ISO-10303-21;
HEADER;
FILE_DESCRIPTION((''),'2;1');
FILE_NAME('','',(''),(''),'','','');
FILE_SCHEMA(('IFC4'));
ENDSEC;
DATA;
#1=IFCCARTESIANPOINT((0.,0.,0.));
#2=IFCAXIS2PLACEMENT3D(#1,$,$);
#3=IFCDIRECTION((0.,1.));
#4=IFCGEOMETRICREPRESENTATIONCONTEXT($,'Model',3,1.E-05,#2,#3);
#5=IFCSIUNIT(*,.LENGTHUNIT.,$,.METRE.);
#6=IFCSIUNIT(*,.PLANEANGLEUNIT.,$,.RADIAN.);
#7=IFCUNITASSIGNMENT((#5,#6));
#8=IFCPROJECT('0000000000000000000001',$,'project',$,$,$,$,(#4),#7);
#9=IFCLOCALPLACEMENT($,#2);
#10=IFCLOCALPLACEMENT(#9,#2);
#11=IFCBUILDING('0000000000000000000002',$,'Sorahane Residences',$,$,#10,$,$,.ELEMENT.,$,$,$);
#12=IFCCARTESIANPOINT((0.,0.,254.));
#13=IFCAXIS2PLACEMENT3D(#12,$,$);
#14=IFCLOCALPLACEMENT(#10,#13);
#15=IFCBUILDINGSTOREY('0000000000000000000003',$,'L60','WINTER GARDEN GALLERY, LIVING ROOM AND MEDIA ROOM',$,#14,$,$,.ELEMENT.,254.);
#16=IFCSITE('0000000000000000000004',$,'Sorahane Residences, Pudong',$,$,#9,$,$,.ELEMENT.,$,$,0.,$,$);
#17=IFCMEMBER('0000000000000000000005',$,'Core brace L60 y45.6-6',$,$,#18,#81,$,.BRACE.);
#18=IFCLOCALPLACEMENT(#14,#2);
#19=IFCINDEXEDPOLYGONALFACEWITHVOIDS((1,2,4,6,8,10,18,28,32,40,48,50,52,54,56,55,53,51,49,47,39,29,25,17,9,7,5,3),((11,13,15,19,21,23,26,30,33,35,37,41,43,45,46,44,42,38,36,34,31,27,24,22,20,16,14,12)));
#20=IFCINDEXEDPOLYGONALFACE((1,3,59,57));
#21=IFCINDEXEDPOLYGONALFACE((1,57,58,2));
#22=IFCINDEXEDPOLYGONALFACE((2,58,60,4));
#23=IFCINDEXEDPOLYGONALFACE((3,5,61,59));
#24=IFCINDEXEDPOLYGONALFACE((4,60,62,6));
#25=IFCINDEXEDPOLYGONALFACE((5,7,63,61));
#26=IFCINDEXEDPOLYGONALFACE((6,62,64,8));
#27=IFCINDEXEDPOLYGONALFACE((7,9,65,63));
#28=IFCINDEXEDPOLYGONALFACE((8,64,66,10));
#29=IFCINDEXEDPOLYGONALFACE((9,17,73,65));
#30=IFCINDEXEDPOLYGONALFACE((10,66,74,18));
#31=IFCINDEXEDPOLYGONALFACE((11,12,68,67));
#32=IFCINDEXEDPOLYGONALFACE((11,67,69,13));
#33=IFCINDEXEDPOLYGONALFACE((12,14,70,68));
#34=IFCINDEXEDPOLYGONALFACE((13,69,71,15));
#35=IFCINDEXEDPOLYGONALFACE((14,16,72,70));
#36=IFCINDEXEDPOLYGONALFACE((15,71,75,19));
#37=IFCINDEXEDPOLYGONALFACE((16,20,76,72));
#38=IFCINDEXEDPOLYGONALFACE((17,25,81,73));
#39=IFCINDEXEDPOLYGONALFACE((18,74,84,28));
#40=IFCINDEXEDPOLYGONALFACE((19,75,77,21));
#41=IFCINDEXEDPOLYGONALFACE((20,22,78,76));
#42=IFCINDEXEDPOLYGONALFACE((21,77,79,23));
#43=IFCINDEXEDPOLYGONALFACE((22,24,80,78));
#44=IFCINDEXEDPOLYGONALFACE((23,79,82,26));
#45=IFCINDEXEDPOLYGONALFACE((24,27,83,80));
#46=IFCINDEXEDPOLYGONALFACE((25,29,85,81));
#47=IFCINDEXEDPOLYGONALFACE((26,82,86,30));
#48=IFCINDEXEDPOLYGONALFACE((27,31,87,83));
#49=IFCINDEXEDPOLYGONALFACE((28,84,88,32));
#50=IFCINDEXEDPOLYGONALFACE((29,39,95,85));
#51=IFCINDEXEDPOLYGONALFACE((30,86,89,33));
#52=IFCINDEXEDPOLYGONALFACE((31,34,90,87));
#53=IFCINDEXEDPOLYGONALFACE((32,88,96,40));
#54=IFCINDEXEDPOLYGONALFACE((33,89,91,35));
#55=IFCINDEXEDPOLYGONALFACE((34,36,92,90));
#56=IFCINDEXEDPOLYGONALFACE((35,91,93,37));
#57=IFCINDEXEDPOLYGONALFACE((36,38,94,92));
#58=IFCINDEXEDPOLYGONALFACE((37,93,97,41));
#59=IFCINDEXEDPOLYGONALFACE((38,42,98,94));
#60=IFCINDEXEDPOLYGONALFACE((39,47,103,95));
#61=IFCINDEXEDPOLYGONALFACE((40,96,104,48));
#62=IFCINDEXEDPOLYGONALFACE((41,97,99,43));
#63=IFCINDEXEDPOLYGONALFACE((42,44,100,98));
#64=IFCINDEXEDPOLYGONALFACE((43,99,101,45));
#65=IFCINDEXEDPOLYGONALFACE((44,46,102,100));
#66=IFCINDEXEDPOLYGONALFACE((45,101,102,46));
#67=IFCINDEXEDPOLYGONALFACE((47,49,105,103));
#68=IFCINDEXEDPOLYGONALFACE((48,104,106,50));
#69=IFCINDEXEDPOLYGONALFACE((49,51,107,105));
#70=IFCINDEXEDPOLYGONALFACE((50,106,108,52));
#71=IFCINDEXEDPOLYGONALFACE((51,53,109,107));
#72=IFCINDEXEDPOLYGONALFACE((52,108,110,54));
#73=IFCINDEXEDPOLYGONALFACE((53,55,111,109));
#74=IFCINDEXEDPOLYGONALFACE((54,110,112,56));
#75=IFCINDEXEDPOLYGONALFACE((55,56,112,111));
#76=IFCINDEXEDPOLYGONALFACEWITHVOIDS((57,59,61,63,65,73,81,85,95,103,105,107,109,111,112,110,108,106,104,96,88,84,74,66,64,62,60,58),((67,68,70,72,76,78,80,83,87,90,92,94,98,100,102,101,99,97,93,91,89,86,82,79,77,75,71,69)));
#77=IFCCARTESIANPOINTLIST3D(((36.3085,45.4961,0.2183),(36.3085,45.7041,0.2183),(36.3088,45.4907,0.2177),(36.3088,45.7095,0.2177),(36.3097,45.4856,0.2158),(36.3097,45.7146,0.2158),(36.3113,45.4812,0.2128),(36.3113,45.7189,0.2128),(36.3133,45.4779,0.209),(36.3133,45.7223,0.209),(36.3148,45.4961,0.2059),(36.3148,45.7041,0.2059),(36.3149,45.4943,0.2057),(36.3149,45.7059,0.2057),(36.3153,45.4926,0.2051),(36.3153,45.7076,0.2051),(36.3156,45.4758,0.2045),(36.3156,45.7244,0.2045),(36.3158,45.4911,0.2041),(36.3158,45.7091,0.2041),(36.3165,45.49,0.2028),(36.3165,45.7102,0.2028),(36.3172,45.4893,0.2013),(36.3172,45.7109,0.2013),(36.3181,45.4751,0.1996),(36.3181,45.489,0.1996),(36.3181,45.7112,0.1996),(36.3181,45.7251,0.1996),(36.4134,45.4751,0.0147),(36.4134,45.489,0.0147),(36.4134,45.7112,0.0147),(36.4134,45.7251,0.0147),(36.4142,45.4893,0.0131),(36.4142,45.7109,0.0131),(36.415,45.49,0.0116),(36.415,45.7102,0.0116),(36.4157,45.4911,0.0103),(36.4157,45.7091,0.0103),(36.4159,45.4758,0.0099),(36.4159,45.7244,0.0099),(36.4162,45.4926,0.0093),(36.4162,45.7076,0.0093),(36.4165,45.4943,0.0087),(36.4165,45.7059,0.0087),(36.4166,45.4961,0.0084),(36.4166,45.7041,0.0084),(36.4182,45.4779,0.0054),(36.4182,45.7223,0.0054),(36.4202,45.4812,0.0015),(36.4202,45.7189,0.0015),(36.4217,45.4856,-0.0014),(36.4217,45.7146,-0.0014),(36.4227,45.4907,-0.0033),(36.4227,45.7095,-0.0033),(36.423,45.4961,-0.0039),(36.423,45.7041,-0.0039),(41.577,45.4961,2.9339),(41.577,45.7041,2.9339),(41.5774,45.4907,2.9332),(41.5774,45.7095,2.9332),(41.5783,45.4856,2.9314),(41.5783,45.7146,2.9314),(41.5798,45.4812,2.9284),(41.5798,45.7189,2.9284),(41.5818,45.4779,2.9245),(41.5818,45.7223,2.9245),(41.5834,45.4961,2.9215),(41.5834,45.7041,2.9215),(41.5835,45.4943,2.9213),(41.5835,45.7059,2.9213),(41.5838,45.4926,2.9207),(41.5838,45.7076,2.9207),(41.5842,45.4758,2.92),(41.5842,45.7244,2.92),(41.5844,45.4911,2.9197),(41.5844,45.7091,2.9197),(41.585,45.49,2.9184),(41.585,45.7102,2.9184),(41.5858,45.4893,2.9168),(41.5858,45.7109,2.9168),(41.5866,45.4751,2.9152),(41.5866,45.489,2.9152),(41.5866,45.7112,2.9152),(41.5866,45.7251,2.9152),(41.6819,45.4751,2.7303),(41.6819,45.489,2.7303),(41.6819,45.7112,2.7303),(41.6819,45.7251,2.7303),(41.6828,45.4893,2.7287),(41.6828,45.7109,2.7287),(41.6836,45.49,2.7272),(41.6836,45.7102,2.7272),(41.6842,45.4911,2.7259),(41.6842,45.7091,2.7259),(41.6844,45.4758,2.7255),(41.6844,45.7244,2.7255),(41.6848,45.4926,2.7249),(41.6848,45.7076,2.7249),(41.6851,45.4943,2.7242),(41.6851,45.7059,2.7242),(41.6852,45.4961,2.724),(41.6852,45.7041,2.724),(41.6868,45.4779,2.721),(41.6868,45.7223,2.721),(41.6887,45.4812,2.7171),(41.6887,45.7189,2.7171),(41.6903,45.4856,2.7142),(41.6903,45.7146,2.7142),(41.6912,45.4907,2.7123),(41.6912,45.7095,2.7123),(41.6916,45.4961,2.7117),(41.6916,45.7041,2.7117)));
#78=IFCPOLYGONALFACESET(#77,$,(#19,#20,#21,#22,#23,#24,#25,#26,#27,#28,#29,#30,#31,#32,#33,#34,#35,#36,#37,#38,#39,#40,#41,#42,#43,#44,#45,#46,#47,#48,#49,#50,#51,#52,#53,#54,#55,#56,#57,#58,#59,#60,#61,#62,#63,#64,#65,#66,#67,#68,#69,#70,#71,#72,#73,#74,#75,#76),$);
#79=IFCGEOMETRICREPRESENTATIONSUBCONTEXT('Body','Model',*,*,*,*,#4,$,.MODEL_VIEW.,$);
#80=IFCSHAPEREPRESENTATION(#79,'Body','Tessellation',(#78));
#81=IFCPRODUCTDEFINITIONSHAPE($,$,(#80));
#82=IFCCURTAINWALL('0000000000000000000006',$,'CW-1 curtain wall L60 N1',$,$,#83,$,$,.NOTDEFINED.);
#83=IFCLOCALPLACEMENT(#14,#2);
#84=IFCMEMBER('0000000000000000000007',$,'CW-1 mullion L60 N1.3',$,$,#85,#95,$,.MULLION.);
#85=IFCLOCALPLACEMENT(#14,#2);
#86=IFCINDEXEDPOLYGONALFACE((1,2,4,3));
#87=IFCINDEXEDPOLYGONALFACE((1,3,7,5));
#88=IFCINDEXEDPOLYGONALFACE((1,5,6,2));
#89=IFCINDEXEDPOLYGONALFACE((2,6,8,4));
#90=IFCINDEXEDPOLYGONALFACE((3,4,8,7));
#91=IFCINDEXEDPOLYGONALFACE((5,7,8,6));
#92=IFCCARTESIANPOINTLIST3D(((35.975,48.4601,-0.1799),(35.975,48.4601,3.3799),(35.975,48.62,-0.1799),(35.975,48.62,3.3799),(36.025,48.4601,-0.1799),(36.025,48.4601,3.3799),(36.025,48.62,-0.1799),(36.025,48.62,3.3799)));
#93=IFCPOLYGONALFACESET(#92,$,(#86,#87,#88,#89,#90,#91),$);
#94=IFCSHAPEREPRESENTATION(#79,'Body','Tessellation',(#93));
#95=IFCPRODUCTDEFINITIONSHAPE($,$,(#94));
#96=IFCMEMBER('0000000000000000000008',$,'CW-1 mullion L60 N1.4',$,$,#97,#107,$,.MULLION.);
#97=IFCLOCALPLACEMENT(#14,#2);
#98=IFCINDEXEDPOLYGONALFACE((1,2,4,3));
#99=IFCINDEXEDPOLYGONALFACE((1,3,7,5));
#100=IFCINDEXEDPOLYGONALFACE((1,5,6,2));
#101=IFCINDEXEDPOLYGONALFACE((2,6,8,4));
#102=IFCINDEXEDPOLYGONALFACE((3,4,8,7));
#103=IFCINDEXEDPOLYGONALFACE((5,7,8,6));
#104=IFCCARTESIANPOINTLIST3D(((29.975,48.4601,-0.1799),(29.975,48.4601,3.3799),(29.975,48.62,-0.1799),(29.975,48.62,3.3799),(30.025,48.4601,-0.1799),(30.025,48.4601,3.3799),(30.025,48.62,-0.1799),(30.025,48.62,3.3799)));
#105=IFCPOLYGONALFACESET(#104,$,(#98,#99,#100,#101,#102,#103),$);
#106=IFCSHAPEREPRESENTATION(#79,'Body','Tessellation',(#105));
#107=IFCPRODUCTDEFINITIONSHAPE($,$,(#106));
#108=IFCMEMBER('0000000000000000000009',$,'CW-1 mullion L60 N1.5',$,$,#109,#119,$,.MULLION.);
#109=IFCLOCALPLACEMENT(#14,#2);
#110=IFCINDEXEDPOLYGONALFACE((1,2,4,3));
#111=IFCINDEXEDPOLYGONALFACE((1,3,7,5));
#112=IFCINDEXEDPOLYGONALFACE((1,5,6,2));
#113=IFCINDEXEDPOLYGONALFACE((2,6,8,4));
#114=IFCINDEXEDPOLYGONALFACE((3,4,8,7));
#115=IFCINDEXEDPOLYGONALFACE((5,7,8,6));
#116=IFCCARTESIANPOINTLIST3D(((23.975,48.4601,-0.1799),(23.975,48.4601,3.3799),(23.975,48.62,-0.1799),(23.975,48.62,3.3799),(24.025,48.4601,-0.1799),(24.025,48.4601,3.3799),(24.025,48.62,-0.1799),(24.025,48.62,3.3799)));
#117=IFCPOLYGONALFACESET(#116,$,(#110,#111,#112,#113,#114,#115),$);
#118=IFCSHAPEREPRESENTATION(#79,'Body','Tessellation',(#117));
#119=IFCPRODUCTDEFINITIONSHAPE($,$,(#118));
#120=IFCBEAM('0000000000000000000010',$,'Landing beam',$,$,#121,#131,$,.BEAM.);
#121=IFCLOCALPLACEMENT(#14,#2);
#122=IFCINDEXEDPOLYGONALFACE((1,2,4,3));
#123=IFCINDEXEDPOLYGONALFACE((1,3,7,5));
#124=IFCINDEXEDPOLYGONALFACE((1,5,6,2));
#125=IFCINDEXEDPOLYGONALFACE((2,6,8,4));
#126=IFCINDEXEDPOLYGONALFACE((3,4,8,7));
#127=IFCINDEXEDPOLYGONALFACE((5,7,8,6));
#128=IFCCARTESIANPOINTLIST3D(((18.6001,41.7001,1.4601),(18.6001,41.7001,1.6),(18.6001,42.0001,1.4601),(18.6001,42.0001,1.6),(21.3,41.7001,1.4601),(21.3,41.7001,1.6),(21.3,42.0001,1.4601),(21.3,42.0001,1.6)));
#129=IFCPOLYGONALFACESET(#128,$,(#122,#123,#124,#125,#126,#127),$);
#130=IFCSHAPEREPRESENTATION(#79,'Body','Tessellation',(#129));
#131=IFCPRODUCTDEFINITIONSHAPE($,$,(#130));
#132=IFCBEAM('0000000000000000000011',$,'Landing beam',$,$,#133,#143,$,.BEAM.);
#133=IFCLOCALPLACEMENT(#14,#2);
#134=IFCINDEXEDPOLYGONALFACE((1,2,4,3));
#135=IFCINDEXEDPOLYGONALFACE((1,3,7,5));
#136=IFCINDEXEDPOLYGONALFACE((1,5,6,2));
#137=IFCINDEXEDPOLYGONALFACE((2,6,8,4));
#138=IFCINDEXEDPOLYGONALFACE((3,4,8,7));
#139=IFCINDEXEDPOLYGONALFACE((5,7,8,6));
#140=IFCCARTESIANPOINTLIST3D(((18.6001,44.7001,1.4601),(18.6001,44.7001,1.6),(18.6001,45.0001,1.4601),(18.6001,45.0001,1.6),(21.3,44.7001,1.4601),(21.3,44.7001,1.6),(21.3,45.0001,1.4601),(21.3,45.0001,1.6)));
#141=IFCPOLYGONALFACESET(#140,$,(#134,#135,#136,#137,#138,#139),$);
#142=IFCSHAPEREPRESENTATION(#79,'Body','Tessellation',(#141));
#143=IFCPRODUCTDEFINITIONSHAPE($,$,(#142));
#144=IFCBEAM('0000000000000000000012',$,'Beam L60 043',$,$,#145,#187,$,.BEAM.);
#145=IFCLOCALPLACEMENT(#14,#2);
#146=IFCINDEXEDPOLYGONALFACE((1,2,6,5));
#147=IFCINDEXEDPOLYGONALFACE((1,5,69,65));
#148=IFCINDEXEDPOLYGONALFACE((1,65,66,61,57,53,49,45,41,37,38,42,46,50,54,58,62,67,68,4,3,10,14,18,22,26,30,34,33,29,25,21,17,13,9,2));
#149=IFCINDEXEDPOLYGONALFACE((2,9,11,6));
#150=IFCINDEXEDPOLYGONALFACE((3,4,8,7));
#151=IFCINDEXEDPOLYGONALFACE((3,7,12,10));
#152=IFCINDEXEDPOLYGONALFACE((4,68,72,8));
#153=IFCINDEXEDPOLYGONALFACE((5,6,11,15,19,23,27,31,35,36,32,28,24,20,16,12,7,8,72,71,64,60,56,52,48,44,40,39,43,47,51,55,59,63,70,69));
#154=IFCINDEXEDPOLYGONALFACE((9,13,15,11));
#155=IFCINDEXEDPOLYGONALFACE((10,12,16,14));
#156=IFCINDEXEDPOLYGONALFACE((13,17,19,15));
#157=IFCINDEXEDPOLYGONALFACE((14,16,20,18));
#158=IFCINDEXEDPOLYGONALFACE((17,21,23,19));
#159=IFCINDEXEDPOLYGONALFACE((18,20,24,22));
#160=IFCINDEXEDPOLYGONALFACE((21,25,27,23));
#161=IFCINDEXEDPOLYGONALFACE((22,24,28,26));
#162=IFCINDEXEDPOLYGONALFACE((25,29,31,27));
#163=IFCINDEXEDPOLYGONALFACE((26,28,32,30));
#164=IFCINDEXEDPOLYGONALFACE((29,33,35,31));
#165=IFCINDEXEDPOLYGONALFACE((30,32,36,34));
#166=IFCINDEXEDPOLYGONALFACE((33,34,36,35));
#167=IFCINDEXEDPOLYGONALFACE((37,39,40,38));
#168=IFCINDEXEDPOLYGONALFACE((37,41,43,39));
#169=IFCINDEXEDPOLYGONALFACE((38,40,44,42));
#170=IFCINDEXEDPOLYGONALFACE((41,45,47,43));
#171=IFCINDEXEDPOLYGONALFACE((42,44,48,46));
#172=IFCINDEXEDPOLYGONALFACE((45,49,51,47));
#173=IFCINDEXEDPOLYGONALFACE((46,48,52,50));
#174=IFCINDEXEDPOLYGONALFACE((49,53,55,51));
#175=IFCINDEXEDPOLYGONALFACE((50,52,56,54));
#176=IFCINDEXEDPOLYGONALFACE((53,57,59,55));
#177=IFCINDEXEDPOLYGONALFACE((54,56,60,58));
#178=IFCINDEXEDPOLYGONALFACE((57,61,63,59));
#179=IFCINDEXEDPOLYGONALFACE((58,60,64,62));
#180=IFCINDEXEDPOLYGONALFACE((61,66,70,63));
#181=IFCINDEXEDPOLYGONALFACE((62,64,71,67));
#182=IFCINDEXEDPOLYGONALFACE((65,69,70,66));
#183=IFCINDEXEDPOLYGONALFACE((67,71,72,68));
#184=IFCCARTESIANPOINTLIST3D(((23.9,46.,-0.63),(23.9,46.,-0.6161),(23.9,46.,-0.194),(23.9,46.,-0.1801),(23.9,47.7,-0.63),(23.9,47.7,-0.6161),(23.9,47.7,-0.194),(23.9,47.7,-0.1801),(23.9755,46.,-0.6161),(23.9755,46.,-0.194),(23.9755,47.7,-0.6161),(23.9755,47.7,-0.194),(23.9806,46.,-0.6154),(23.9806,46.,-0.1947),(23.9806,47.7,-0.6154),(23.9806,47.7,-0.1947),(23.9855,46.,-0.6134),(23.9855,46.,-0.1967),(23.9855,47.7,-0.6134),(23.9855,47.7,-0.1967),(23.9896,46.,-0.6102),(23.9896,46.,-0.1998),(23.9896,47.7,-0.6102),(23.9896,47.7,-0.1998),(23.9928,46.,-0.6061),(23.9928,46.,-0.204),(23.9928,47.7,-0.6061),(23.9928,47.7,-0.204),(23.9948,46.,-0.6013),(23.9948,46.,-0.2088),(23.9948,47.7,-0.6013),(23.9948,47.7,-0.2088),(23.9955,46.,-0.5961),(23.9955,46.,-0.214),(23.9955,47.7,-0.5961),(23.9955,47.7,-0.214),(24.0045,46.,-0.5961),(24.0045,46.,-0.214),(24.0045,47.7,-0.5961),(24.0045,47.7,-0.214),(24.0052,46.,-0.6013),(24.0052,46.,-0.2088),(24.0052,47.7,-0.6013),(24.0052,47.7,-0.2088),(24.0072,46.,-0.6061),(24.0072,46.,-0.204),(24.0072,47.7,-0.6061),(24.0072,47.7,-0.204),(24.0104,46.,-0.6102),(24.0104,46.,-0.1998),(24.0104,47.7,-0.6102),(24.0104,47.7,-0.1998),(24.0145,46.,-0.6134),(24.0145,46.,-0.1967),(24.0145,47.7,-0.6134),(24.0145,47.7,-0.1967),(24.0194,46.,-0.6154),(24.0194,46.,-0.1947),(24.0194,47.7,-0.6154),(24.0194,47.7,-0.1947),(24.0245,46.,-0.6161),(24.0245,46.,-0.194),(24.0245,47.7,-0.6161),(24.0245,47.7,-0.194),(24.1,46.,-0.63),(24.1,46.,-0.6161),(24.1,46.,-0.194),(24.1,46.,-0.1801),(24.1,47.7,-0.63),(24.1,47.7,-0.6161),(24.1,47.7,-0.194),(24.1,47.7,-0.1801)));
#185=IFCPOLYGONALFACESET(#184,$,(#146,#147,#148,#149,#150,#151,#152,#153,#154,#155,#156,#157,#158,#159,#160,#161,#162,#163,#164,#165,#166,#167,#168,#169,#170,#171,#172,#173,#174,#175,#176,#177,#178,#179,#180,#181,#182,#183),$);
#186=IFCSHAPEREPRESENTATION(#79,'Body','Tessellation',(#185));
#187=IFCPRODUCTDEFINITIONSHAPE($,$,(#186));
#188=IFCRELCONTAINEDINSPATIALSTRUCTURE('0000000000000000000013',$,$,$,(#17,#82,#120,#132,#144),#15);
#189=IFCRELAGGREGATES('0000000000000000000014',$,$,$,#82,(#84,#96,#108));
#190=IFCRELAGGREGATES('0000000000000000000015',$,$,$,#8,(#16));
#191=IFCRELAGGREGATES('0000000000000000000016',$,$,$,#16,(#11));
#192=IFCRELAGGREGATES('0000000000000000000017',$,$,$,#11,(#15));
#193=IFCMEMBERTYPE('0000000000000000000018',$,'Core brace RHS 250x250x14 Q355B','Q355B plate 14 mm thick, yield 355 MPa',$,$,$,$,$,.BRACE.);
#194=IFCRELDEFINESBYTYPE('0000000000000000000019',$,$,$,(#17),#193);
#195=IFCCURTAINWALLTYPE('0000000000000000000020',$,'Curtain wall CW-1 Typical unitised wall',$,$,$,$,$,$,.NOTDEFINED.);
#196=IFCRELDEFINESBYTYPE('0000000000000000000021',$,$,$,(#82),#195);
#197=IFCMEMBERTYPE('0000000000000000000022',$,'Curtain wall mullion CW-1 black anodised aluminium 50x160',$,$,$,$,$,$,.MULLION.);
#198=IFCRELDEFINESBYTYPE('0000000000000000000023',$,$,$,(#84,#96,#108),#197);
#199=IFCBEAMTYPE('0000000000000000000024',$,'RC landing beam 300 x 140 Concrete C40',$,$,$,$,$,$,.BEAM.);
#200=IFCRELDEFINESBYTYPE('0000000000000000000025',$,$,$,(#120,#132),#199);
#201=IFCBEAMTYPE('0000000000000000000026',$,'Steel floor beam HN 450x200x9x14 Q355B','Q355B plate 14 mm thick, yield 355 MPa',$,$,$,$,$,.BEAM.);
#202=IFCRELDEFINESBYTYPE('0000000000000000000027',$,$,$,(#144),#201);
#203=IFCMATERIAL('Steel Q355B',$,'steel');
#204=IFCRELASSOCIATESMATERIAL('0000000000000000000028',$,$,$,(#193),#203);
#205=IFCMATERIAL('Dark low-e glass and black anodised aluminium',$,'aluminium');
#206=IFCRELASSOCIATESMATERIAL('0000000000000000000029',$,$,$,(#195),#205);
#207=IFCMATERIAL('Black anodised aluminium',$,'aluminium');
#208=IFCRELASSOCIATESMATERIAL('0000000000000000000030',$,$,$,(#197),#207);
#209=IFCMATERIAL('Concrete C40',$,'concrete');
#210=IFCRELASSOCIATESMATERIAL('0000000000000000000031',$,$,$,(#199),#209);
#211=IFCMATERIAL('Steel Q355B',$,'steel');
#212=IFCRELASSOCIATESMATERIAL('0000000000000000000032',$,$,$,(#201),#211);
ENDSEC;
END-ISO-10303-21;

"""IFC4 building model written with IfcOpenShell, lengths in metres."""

from ifc_helpers import new_model, si_unit, direction, frame, origin, origin_2d, place, context, subcontext, project, spatial, rectangle, hollow_rectangle, i_section, extrude, material, material_profile, profile_set, type_object, element, aggregate, save


model = new_model("IFC4")

# Units and contexts
model_context = context("Model", 3, precision=1e-05, world=origin(), true_north=direction((0.0, 1.0)))
body_context = subcontext(model_context, "Body", "Model", "MODEL_VIEW")
ifc_project = project(units=[si_unit("LENGTHUNIT", "METRE"), si_unit("PLANEANGLEUNIT", "RADIAN")], contexts=[model_context])

# Site, building, storey
site_placement = place(None, origin())
site = spatial("IfcSite", under=ifc_project, at=site_placement, Name="Sorahane Residences, Pudong", CompositionType="ELEMENT", RefElevation=0.0)
building_placement = place(site_placement, origin())
building = spatial("IfcBuilding", under=site, at=building_placement, Name="Sorahane Residences", CompositionType="ELEMENT")
storey_placement = place(building_placement, frame((0.0, 0.0, 254.0)))
storey = spatial("IfcBuildingStorey", under=building, at=storey_placement, Name="L60", Description="WINTER GARDEN GALLERY, LIVING ROOM AND MEDIA ROOM", CompositionType="ELEMENT", Elevation=254.0)

# Member
ifc_material_1 = material(Name="Steel Q355B", Category="steel")
ifc_material_profile_1 = material_profile(ifc_material_1, hollow_rectangle(XDim=0.25, YDim=0.25, WallThickness=0.0139, InnerFilletRadius=0.0071, OuterFilletRadius=0.021, at=origin_2d()), Name="RHS 250x250x14")
ifc_profile_set_1 = profile_set([ifc_material_profile_1], Name="Steel Q355B")
member_type_1 = type_object("IfcMemberType", Name="Core brace RHS 250x250x14 Q355B", Description="Q355B plate 14 mm thick, yield 355 MPa", PredefinedType="BRACE", material=ifc_profile_set_1)
for number, where, z_axis, x_axis, name in (
    (1, (36.3657, 45.6001, 0.1072), (0.888873, 0.0, 0.458153), (0.0, 1.0, 0.0), "Core brace L60 y45.6-6"),
):
    element("IfcMember", number, at=place(storey_placement, frame(where, z_axis=z_axis, x_axis=x_axis)), inside=storey, type_object=member_type_1, Name=name, PredefinedType="BRACE", context=body_context, shape_type="SweptSolid", body=[
        extrude(hollow_rectangle(XDim=0.25, YDim=0.25, WallThickness=0.0139, InnerFilletRadius=0.0071, OuterFilletRadius=0.021, at=origin_2d()), origin(), (0.0, 0.0, 1.0), 5.9272),
    ])

# Curtain wall, members
ifc_material_2 = material(Name="Dark low-e glass and black anodised aluminium", Category="aluminium")
curtain_wall_type = type_object("IfcCurtainWallType", Name="Curtain wall CW-1 Typical unitised wall", PredefinedType="NOTDEFINED", material=ifc_material_2)
curtain_wall_placement = place(storey_placement, origin())
curtain_wall = element("IfcCurtainWall", 2, at=curtain_wall_placement, inside=storey, type_object=curtain_wall_type, Name="CW-1 curtain wall L60 N1", PredefinedType="NOTDEFINED")
ifc_material_3 = material(Name="Black anodised aluminium", Category="aluminium")
ifc_material_profile_2 = material_profile(ifc_material_3, rectangle(XDim=0.1599, YDim=0.05, at=origin_2d()), Name="Curtain wall mullion CW-1 black anodised aluminium 50x160")
ifc_profile_set_2 = profile_set([ifc_material_profile_2], Name="Black anodised aluminium")
member_type_2 = type_object("IfcMemberType", Name="Curtain wall mullion CW-1 black anodised aluminium 50x160", PredefinedType="MULLION", material=ifc_profile_set_2)
member_1_placement = place(storey_placement, frame((36.0, 48.54, -0.1799), z_axis=(0.0, 0.0, 1.0), x_axis=(0.0, 1.0, 0.0)))
member_1 = element("IfcMember", 3, at=member_1_placement, type_object=member_type_2, Name="CW-1 mullion L60 N1.3", PredefinedType="MULLION", context=body_context, shape_type="SweptSolid", body=[
    extrude(rectangle(XDim=0.1599, YDim=0.05, at=origin_2d()), origin(), (0.0, 0.0, 1.0), 3.5598),
])
member_2_placement = place(storey_placement, frame((30.0, 48.54, -0.1799), z_axis=(0.0, 0.0, 1.0), x_axis=(0.0, 1.0, 0.0)))
member_2 = element("IfcMember", 4, at=member_2_placement, type_object=member_type_2, Name="CW-1 mullion L60 N1.4", PredefinedType="MULLION", context=body_context, shape_type="SweptSolid", body=[
    extrude(rectangle(XDim=0.1599, YDim=0.05, at=origin_2d()), origin(), (0.0, 0.0, 1.0), 3.5598),
])
member_3_placement = place(storey_placement, frame((24.0, 48.54, -0.1799), z_axis=(0.0, 0.0, 1.0), x_axis=(0.0, 1.0, 0.0)))
member_3 = element("IfcMember", 5, at=member_3_placement, type_object=member_type_2, Name="CW-1 mullion L60 N1.5", PredefinedType="MULLION", context=body_context, shape_type="SweptSolid", body=[
    extrude(rectangle(XDim=0.1599, YDim=0.05, at=origin_2d()), origin(), (0.0, 0.0, 1.0), 3.5598),
])

# Beams
ifc_material_4 = material(Name="Concrete C40", Category="concrete")
ifc_material_profile_3 = material_profile(ifc_material_4, rectangle(XDim=0.3, YDim=0.1399, at=origin_2d()), Name="300x140")
ifc_profile_set_3 = profile_set([ifc_material_profile_3], Name="Concrete C40")
beam_type_1 = type_object("IfcBeamType", Name="RC landing beam 300 x 140 Concrete C40", PredefinedType="BEAM", material=ifc_profile_set_3)
for number, where, z_axis, x_axis, name in (
    (6, (18.6001, 41.8501, 1.53), (1.0, 0.0, 0.0), (0.0, 1.0, 0.0), "Landing beam"),
    (7, (18.6001, 44.8501, 1.53), (1.0, 0.0, 0.0), (0.0, 1.0, 0.0), "Landing beam"),
):
    element("IfcBeam", number, at=place(storey_placement, frame(where, z_axis=z_axis, x_axis=x_axis)), inside=storey, type_object=beam_type_1, Name=name, PredefinedType="BEAM", context=body_context, shape_type="SweptSolid", body=[
        extrude(rectangle(XDim=0.3, YDim=0.1399, at=origin_2d()), origin(), (0.0, 0.0, 1.0), 2.7),
    ])
ifc_material_5 = material(Name="Steel Q355B", Category="steel")
ifc_material_profile_4 = material_profile(ifc_material_5, i_section(OverallWidth=0.2, OverallDepth=0.45, WebThickness=0.009, FlangeThickness=0.0139, FilletRadius=0.02, at=origin_2d()), Name="HN 450x200x9x14")
ifc_profile_set_4 = profile_set([ifc_material_profile_4], Name="Steel Q355B")
beam_type_2 = type_object("IfcBeamType", Name="Steel floor beam HN 450x200x9x14 Q355B", Description="Q355B plate 14 mm thick, yield 355 MPa", PredefinedType="BEAM", material=ifc_profile_set_4)
beam_1_placement = place(storey_placement, frame((24.0, 46.0, -0.405), z_axis=(0.0, 1.0, 0.0), x_axis=(-1.0, 0.0, 0.0)))
element("IfcBeam", 8, at=beam_1_placement, inside=storey, type_object=beam_type_2, Name="Beam L60 043", PredefinedType="BEAM", context=body_context, shape_type="SweptSolid", body=[
    extrude(i_section(OverallWidth=0.2, OverallDepth=0.45, WebThickness=0.009, FlangeThickness=0.0139, FilletRadius=0.02, at=origin_2d()), origin(), (0.0, 0.0, 1.0), 1.7),
])

aggregate(curtain_wall, [member_1, member_2, member_3])

save(model, "model.ifc")
